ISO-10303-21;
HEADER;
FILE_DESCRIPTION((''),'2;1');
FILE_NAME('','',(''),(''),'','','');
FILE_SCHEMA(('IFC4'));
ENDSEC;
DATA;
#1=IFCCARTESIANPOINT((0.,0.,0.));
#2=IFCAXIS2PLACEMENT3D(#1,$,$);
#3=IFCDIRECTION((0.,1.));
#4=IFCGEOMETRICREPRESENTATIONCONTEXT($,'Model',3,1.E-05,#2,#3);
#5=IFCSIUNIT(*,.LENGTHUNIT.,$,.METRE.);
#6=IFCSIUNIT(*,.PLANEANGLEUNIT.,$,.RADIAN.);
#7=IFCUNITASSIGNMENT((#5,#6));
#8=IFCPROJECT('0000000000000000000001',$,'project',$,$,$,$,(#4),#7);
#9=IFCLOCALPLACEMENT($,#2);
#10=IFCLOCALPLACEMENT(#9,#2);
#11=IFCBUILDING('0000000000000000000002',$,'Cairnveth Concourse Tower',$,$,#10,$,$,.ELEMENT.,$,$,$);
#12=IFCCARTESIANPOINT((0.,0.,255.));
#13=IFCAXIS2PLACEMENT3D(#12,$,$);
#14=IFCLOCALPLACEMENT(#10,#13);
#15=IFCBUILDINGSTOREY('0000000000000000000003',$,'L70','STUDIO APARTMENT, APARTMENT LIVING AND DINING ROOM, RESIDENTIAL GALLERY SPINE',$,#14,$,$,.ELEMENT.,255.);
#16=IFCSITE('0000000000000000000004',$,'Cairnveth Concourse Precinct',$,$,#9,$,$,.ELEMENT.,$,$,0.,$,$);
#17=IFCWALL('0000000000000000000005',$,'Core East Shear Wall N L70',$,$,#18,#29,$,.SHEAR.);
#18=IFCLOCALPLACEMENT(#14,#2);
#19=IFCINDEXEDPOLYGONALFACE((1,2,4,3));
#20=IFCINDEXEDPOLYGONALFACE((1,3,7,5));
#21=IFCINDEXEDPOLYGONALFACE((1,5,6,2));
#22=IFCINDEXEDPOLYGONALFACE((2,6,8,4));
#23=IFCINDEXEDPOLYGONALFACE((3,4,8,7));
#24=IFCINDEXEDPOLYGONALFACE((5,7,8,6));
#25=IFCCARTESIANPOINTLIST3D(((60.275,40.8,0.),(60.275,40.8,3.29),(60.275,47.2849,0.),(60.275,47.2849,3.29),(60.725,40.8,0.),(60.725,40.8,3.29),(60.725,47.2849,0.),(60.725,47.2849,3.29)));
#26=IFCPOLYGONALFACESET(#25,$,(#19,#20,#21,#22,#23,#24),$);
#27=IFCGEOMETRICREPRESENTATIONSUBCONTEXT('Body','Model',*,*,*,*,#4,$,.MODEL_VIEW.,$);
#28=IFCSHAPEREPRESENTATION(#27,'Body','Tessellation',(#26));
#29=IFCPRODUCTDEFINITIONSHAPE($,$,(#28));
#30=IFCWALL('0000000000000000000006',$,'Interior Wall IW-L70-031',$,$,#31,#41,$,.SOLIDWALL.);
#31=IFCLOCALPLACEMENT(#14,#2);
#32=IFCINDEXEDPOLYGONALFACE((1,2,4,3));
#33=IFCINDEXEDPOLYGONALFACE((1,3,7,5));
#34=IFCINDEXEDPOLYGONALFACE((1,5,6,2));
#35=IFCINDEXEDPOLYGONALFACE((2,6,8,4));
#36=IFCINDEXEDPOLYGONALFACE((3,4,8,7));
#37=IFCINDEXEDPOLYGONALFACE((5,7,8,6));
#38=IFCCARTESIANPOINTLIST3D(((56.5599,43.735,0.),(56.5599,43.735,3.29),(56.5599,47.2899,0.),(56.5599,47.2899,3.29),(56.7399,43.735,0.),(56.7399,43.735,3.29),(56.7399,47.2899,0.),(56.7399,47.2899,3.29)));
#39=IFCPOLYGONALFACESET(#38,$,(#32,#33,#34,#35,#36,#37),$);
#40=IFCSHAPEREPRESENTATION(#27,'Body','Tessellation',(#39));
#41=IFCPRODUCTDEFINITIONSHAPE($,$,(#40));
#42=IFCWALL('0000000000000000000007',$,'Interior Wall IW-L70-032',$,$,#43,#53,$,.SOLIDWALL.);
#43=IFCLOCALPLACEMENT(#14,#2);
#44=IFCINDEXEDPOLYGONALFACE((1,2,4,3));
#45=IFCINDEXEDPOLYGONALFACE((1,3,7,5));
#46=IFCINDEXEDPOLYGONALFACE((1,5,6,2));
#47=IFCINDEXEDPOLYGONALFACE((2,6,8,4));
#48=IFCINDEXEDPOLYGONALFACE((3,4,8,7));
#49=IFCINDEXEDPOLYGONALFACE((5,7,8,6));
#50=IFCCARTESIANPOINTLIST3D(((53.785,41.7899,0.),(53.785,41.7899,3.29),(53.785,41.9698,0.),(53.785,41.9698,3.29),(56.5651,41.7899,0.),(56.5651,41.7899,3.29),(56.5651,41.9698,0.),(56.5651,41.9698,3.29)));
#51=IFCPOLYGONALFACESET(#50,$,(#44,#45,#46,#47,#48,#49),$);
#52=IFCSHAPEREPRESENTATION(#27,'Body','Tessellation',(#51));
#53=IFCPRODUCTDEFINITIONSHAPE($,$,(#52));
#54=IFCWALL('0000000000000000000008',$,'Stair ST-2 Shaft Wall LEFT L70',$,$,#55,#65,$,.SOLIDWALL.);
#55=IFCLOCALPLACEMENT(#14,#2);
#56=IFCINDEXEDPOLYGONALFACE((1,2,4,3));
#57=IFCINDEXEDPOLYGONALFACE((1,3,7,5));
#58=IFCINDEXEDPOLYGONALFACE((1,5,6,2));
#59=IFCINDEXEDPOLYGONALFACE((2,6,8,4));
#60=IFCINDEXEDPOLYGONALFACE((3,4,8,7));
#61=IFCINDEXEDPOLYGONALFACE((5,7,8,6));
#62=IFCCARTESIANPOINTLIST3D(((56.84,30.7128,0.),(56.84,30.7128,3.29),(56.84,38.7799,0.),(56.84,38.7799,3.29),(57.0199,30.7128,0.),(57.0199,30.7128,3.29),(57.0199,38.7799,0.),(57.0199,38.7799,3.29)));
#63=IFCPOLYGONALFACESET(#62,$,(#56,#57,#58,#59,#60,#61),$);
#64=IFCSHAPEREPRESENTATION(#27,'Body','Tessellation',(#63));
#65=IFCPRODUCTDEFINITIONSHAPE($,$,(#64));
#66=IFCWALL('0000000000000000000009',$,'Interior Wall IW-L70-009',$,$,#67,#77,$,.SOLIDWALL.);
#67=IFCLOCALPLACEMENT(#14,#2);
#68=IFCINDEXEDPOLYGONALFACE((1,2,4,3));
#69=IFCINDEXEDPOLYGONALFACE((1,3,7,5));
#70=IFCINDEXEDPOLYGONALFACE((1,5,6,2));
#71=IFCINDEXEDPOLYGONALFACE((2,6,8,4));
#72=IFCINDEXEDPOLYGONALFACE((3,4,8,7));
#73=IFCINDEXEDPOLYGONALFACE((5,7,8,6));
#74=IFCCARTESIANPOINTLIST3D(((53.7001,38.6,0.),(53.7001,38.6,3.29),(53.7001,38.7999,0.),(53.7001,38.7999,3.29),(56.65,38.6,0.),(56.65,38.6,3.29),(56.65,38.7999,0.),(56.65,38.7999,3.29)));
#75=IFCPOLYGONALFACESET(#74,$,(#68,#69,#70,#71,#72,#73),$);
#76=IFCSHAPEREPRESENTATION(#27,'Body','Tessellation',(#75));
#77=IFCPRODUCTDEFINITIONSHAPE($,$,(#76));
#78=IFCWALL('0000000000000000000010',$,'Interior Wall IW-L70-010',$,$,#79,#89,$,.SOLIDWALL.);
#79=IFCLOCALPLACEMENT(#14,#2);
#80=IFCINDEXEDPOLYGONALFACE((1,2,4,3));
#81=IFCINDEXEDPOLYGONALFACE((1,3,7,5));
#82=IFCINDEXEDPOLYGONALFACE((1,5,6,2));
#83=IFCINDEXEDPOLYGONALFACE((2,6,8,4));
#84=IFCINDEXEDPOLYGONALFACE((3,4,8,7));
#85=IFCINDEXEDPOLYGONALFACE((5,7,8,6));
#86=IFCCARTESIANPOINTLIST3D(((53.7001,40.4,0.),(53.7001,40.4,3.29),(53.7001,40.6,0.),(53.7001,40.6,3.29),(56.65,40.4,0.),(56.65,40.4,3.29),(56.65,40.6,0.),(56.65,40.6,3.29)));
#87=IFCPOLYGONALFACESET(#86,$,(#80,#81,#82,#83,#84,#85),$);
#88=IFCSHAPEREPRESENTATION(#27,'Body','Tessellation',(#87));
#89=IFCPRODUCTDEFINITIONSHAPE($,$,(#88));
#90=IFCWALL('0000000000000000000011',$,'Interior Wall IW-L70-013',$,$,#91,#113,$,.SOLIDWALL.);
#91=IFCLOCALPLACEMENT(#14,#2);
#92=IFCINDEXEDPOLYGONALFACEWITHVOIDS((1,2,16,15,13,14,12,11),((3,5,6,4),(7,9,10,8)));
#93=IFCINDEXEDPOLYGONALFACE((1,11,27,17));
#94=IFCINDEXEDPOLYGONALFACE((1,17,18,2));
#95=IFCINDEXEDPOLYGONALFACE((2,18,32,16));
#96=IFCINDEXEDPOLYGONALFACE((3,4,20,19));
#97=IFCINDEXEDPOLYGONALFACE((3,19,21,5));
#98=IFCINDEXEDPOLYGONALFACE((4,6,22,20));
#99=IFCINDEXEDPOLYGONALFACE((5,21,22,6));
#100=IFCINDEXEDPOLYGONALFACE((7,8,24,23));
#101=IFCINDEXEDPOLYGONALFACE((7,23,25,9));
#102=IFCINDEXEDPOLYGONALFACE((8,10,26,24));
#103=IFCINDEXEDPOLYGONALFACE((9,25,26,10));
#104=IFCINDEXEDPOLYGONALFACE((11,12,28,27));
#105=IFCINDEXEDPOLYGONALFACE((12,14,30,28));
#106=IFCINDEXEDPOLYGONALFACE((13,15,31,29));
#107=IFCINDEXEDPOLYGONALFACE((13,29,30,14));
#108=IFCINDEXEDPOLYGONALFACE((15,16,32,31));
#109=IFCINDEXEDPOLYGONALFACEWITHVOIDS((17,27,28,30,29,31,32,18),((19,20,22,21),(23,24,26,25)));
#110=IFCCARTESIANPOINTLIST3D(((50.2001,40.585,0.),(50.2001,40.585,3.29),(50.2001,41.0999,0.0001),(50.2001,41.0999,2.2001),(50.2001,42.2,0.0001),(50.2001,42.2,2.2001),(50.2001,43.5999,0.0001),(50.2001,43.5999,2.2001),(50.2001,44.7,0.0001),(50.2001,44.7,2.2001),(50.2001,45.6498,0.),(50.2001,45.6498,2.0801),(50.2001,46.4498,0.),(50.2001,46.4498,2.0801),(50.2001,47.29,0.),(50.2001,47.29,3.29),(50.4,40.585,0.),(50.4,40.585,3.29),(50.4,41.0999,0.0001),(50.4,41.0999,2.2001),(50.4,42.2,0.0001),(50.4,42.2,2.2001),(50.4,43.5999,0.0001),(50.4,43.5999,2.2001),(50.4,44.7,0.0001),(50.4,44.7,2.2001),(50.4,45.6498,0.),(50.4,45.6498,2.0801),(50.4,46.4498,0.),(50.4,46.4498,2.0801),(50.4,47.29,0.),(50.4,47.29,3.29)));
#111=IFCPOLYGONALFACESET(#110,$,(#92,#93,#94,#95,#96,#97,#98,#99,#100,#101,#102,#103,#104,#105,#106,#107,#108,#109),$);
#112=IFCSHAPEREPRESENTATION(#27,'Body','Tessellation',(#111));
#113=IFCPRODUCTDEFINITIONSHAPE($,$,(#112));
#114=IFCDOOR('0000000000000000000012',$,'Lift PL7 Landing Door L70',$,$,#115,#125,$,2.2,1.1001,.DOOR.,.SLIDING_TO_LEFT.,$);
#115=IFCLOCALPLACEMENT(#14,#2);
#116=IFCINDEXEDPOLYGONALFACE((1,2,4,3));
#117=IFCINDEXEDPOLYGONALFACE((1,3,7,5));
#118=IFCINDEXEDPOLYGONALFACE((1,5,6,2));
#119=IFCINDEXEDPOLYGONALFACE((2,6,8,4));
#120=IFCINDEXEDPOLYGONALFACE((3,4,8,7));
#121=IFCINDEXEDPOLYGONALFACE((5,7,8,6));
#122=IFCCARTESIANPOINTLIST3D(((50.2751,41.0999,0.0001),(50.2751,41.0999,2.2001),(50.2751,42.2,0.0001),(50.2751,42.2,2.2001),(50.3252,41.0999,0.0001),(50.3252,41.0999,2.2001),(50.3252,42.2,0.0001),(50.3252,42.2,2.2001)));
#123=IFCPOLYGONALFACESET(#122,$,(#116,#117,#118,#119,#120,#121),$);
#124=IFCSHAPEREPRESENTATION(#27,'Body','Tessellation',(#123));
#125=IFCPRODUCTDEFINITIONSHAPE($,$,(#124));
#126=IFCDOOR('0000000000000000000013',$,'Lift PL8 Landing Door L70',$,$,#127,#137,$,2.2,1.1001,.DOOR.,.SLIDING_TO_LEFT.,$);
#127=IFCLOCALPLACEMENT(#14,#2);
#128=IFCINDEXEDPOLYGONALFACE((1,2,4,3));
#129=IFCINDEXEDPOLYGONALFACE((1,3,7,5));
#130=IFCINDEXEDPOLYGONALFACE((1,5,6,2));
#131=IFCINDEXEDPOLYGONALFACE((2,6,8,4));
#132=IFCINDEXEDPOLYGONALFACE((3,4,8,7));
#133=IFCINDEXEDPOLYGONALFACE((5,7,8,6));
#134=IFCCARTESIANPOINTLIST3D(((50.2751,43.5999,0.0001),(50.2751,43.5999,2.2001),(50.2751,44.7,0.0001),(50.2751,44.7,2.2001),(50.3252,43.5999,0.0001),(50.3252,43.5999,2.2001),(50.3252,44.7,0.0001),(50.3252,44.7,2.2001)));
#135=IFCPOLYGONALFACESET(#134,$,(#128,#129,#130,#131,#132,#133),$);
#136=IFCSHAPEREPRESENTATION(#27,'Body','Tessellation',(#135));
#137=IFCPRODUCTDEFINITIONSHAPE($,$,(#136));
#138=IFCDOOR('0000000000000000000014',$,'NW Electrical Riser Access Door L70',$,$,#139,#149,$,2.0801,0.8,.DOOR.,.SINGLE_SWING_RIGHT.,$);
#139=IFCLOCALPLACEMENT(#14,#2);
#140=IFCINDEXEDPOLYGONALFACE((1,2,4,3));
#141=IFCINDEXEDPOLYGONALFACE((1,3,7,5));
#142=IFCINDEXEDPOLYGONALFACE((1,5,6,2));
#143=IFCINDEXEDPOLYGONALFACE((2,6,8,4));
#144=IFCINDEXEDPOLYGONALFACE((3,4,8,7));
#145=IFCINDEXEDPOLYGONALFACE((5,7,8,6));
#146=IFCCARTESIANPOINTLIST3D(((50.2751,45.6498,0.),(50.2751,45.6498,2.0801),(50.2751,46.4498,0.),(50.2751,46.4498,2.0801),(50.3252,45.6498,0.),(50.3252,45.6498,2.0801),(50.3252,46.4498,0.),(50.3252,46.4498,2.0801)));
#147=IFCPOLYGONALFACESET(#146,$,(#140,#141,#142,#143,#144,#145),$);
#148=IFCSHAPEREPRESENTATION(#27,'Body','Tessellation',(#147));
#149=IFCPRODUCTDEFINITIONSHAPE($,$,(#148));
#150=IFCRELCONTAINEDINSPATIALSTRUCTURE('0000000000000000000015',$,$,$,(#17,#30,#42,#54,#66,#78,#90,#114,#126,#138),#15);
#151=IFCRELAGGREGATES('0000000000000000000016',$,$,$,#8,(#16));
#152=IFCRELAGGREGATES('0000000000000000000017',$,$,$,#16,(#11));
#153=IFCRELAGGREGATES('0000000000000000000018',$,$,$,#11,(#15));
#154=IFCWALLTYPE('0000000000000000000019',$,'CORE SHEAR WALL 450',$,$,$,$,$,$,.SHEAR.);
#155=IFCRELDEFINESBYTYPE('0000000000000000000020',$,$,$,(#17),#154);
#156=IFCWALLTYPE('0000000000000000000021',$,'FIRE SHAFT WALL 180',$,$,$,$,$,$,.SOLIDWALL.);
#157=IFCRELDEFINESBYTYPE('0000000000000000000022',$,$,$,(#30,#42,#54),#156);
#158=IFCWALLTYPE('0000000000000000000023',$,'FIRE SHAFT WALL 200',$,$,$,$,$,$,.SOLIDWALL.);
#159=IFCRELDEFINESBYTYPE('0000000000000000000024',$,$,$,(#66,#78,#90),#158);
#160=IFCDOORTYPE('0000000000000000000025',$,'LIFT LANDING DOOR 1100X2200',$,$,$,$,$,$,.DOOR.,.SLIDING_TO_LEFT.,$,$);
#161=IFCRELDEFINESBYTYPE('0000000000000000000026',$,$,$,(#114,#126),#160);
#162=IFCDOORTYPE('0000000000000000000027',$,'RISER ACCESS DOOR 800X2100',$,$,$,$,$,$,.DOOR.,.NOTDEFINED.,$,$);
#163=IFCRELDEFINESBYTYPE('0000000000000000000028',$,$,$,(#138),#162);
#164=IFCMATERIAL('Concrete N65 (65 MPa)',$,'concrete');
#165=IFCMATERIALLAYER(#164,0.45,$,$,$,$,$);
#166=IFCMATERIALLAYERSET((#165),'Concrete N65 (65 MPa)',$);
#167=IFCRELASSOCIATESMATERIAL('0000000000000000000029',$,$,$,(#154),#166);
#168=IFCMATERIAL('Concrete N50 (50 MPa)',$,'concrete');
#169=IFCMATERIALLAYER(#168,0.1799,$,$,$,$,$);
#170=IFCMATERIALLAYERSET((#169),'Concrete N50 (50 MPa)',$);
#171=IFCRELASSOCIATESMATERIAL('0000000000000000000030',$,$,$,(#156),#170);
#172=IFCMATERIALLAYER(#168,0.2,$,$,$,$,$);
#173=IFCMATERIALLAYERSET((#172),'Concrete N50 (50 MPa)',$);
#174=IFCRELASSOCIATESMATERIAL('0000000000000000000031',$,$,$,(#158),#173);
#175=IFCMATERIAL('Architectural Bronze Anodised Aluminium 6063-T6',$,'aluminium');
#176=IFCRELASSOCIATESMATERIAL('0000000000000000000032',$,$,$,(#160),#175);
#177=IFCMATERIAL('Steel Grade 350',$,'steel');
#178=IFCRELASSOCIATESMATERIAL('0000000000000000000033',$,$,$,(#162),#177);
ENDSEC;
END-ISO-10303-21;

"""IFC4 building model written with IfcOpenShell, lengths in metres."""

from ifc_helpers import new_model, si_unit, direction, frame, frame_2d, origin, place, context, subcontext, project, spatial, rectangle, extrude, material, layer, layer_set, type_object, element, fill, save


model = new_model("IFC4")

# Units and contexts
model_context = context("Model", 3, precision=1e-05, world=origin(), true_north=direction((0.0, 1.0)))
body_context = subcontext(model_context, "Body", "Model", "MODEL_VIEW")
ifc_project = project(units=[si_unit("LENGTHUNIT", "METRE"), si_unit("PLANEANGLEUNIT", "RADIAN")], contexts=[model_context])

# Site, building, storey
site_placement = place(None, origin())
site = spatial("IfcSite", under=ifc_project, at=site_placement, Name="Cairnveth Concourse Precinct", CompositionType="ELEMENT", RefElevation=0.0)
building_placement = place(site_placement, origin())
building = spatial("IfcBuilding", under=site, at=building_placement, Name="Cairnveth Concourse Tower", CompositionType="ELEMENT")
storey_placement = place(building_placement, frame((0.0, 0.0, 255.0)))
storey = spatial("IfcBuildingStorey", under=building, at=storey_placement, Name="L70", Description="STUDIO APARTMENT, APARTMENT LIVING AND DINING ROOM, RESIDENTIAL GALLERY SPINE", CompositionType="ELEMENT", Elevation=255.0)

# Walls
ifc_material_1 = material(Name="Concrete N65 (65 MPa)", Category="concrete")
ifc_layer_1 = layer(ifc_material_1, 0.45)
ifc_layer_set_1 = layer_set([ifc_layer_1], Name="Concrete N65 (65 MPa)")
wall_type_1 = type_object("IfcWallType", Name="CORE SHEAR WALL 450", PredefinedType="SHEAR", material=ifc_layer_set_1)
wall_1_placement = place(storey_placement, frame((60.5, 40.8, 0.0), z_axis=(0.0, 0.0, 1.0), x_axis=(0.0, 1.0, 0.0)))
element("IfcWall", 1, at=wall_1_placement, inside=storey, type_object=wall_type_1, Name="Core East Shear Wall N L70", PredefinedType="SHEAR", context=body_context, shape_type="SweptSolid", body=[
    extrude(rectangle(XDim=6.4849, YDim=0.45, at=frame_2d((3.2424, 0.0))), origin(), (0.0, 0.0, 1.0), 3.29),
])
ifc_material_2 = material(Name="Concrete N50 (50 MPa)", Category="concrete")
ifc_layer_2 = layer(ifc_material_2, 0.1799)
ifc_layer_set_2 = layer_set([ifc_layer_2], Name="Concrete N50 (50 MPa)")
wall_type_2 = type_object("IfcWallType", Name="FIRE SHAFT WALL 180", PredefinedType="SOLIDWALL", material=ifc_layer_set_2)
wall_2_placement = place(storey_placement, frame((56.6499, 43.7351, 0.0), z_axis=(0.0, 0.0, 1.0), x_axis=(0.0, 1.0, 0.0)))
element("IfcWall", 2, at=wall_2_placement, inside=storey, type_object=wall_type_2, Name="Interior Wall IW-L70-031", PredefinedType="SOLIDWALL", context=body_context, shape_type="SweptSolid", body=[
    extrude(rectangle(XDim=3.5549, YDim=0.1799, at=frame_2d((1.7773, 0.0))), origin(), (0.0, 0.0, 1.0), 3.29),
])
wall_3_placement = place(storey_placement, frame((53.7849, 41.8799, 0.0), z_axis=(0.0, 0.0, 1.0), x_axis=(1.0, 0.0, 0.0)))
element("IfcWall", 3, at=wall_3_placement, inside=storey, type_object=wall_type_2, Name="Interior Wall IW-L70-032", PredefinedType="SOLIDWALL", context=body_context, shape_type="SweptSolid", body=[
    extrude(rectangle(XDim=2.78, YDim=0.1799, at=frame_2d((1.3901, 0.0))), origin(), (0.0, 0.0, 1.0), 3.29),
])

# Shared definitions
ifc_material_3 = material(Name="Steel Grade 350", Category="steel")

# Walls
wall_4_placement = place(storey_placement, frame((56.9299, 38.78, 0.0), z_axis=(0.0, 0.0, 1.0), x_axis=(0.0, -1.0, 0.0)))
element("IfcWall", 4, at=wall_4_placement, inside=storey, type_object=wall_type_2, Name="Stair ST-2 Shaft Wall LEFT L70", PredefinedType="SOLIDWALL", context=body_context, shape_type="SweptSolid", body=[
    extrude(rectangle(XDim=8.0671, YDim=0.1799, at=frame_2d((4.0337, 0.0))), origin(), (0.0, 0.0, 1.0), 3.29),
])
ifc_layer_3 = layer(ifc_material_2, 0.2)
ifc_layer_set_3 = layer_set([ifc_layer_3], Name="Concrete N50 (50 MPa)")
wall_type_3 = type_object("IfcWallType", Name="FIRE SHAFT WALL 200", PredefinedType="SOLIDWALL", material=ifc_layer_set_3)
for number, where, z_axis, x_axis, name in (
    (5, (53.7, 38.7, 0.0), (0.0, 0.0, 1.0), (1.0, 0.0, 0.0), "Interior Wall IW-L70-009"),
    (6, (53.7, 40.5, 0.0), (0.0, 0.0, 1.0), (1.0, 0.0, 0.0), "Interior Wall IW-L70-010"),
):
    element("IfcWall", number, at=place(storey_placement, frame(where, z_axis=z_axis, x_axis=x_axis)), inside=storey, type_object=wall_type_3, Name=name, PredefinedType="SOLIDWALL", context=body_context, shape_type="SweptSolid", body=[
        extrude(rectangle(XDim=2.95, YDim=0.2, at=frame_2d((1.4751, 0.0))), origin(), (0.0, 0.0, 1.0), 3.29),
    ])

# Wall, openings, doors
wall_5_placement = place(storey_placement, frame((50.3, 40.585, 0.0), z_axis=(0.0, 0.0, 1.0), x_axis=(0.0, 1.0, 0.0)))
wall_5 = element("IfcWall", 7, at=wall_5_placement, inside=storey, type_object=wall_type_3, Name="Interior Wall IW-L70-013", PredefinedType="SOLIDWALL", context=body_context, shape_type="SweptSolid", body=[
    extrude(rectangle(XDim=6.7051, YDim=0.2, at=frame_2d((3.3525, 0.0))), origin(), (0.0, 0.0, 1.0), 3.29),
])
opening_1_placement = place(wall_5_placement, frame((0.5149, 0.0, 0.0)))
opening_1 = element("IfcOpeningElement", 8, at=opening_1_placement, cuts=wall_5, PredefinedType="OPENING", context=body_context, shape_type="SweptSolid", body=[
    extrude(rectangle(XDim=1.1001, YDim=2.2, at=frame_2d((0.55, 1.1001))), frame((0.0, 0.1099, 0.0), z_axis=(0.0, -1.0, 0.0), x_axis=(1.0, 0.0, 0.0)), (0.0, 0.0, 1.0), 0.22),
])
opening_2_placement = place(wall_5_placement, frame((3.0149, 0.0, 0.0)))
opening_2 = element("IfcOpeningElement", 9, at=opening_2_placement, cuts=wall_5, PredefinedType="OPENING", context=body_context, shape_type="SweptSolid", body=[
    extrude(rectangle(XDim=1.1001, YDim=2.2, at=frame_2d((0.55, 1.1001))), frame((0.0, 0.1099, 0.0), z_axis=(0.0, -1.0, 0.0), x_axis=(1.0, 0.0, 0.0)), (0.0, 0.0, 1.0), 0.22),
])
opening_3_placement = place(wall_5_placement, frame((5.0649, 0.0, 0.0)))
opening_3 = element("IfcOpeningElement", 10, at=opening_3_placement, cuts=wall_5, PredefinedType="OPENING", context=body_context, shape_type="SweptSolid", body=[
    extrude(rectangle(XDim=0.8, YDim=2.0801, at=frame_2d((0.3999, 1.04))), frame((0.0, 0.1099, 0.0), z_axis=(0.0, -1.0, 0.0), x_axis=(1.0, 0.0, 0.0)), (0.0, 0.0, 1.0), 0.22),
])
ifc_material_4 = material(Name="Architectural Bronze Anodised Aluminium 6063-T6", Category="aluminium")
door_type_1 = type_object("IfcDoorType", Name="LIFT LANDING DOOR 1100X2200", OperationType="SLIDING_TO_LEFT", PredefinedType="DOOR", material=ifc_material_4)
door_1_placement = place(opening_1_placement, origin())
door_1 = element("IfcDoor", 11, at=door_1_placement, inside=storey, type_object=door_type_1, Name="Lift PL7 Landing Door L70", OperationType="SLIDING_TO_LEFT", OverallHeight=2.2, OverallWidth=1.1001, PredefinedType="DOOR", context=body_context, shape_type="SweptSolid", body=[
    extrude(rectangle(XDim=1.1001, YDim=2.2, at=frame_2d((0.55, 1.1001))), frame((0.0, 0.0249, 0.0), z_axis=(0.0, -1.0, 0.0), x_axis=(1.0, 0.0, 0.0)), (0.0, 0.0, 1.0), 0.05),
])
fill(opening_1, door_1)
door_2_placement = place(opening_2_placement, origin())
door_2 = element("IfcDoor", 12, at=door_2_placement, inside=storey, type_object=door_type_1, Name="Lift PL8 Landing Door L70", OperationType="SLIDING_TO_LEFT", OverallHeight=2.2, OverallWidth=1.1001, PredefinedType="DOOR", context=body_context, shape_type="SweptSolid", body=[
    extrude(rectangle(XDim=1.1001, YDim=2.2, at=frame_2d((0.55, 1.1001))), frame((0.0, 0.0249, 0.0), z_axis=(0.0, -1.0, 0.0), x_axis=(1.0, 0.0, 0.0)), (0.0, 0.0, 1.0), 0.05),
])
fill(opening_2, door_2)
door_type_2 = type_object("IfcDoorType", Name="RISER ACCESS DOOR 800X2100", OperationType="NOTDEFINED", PredefinedType="DOOR", material=ifc_material_3)
door_3_placement = place(opening_3_placement, origin())
door_3 = element("IfcDoor", 13, at=door_3_placement, inside=storey, type_object=door_type_2, Name="NW Electrical Riser Access Door L70", OperationType="SINGLE_SWING_RIGHT", OverallHeight=2.0801, OverallWidth=0.8, PredefinedType="DOOR", context=body_context, shape_type="SweptSolid", body=[
    extrude(rectangle(XDim=0.8, YDim=2.0801, at=frame_2d((0.3999, 1.04))), frame((0.0, 0.0249, 0.0), z_axis=(0.0, -1.0, 0.0), x_axis=(1.0, 0.0, 0.0)), (0.0, 0.0, 1.0), 0.05),
])
fill(opening_3, door_3)

save(model, "model.ifc")
